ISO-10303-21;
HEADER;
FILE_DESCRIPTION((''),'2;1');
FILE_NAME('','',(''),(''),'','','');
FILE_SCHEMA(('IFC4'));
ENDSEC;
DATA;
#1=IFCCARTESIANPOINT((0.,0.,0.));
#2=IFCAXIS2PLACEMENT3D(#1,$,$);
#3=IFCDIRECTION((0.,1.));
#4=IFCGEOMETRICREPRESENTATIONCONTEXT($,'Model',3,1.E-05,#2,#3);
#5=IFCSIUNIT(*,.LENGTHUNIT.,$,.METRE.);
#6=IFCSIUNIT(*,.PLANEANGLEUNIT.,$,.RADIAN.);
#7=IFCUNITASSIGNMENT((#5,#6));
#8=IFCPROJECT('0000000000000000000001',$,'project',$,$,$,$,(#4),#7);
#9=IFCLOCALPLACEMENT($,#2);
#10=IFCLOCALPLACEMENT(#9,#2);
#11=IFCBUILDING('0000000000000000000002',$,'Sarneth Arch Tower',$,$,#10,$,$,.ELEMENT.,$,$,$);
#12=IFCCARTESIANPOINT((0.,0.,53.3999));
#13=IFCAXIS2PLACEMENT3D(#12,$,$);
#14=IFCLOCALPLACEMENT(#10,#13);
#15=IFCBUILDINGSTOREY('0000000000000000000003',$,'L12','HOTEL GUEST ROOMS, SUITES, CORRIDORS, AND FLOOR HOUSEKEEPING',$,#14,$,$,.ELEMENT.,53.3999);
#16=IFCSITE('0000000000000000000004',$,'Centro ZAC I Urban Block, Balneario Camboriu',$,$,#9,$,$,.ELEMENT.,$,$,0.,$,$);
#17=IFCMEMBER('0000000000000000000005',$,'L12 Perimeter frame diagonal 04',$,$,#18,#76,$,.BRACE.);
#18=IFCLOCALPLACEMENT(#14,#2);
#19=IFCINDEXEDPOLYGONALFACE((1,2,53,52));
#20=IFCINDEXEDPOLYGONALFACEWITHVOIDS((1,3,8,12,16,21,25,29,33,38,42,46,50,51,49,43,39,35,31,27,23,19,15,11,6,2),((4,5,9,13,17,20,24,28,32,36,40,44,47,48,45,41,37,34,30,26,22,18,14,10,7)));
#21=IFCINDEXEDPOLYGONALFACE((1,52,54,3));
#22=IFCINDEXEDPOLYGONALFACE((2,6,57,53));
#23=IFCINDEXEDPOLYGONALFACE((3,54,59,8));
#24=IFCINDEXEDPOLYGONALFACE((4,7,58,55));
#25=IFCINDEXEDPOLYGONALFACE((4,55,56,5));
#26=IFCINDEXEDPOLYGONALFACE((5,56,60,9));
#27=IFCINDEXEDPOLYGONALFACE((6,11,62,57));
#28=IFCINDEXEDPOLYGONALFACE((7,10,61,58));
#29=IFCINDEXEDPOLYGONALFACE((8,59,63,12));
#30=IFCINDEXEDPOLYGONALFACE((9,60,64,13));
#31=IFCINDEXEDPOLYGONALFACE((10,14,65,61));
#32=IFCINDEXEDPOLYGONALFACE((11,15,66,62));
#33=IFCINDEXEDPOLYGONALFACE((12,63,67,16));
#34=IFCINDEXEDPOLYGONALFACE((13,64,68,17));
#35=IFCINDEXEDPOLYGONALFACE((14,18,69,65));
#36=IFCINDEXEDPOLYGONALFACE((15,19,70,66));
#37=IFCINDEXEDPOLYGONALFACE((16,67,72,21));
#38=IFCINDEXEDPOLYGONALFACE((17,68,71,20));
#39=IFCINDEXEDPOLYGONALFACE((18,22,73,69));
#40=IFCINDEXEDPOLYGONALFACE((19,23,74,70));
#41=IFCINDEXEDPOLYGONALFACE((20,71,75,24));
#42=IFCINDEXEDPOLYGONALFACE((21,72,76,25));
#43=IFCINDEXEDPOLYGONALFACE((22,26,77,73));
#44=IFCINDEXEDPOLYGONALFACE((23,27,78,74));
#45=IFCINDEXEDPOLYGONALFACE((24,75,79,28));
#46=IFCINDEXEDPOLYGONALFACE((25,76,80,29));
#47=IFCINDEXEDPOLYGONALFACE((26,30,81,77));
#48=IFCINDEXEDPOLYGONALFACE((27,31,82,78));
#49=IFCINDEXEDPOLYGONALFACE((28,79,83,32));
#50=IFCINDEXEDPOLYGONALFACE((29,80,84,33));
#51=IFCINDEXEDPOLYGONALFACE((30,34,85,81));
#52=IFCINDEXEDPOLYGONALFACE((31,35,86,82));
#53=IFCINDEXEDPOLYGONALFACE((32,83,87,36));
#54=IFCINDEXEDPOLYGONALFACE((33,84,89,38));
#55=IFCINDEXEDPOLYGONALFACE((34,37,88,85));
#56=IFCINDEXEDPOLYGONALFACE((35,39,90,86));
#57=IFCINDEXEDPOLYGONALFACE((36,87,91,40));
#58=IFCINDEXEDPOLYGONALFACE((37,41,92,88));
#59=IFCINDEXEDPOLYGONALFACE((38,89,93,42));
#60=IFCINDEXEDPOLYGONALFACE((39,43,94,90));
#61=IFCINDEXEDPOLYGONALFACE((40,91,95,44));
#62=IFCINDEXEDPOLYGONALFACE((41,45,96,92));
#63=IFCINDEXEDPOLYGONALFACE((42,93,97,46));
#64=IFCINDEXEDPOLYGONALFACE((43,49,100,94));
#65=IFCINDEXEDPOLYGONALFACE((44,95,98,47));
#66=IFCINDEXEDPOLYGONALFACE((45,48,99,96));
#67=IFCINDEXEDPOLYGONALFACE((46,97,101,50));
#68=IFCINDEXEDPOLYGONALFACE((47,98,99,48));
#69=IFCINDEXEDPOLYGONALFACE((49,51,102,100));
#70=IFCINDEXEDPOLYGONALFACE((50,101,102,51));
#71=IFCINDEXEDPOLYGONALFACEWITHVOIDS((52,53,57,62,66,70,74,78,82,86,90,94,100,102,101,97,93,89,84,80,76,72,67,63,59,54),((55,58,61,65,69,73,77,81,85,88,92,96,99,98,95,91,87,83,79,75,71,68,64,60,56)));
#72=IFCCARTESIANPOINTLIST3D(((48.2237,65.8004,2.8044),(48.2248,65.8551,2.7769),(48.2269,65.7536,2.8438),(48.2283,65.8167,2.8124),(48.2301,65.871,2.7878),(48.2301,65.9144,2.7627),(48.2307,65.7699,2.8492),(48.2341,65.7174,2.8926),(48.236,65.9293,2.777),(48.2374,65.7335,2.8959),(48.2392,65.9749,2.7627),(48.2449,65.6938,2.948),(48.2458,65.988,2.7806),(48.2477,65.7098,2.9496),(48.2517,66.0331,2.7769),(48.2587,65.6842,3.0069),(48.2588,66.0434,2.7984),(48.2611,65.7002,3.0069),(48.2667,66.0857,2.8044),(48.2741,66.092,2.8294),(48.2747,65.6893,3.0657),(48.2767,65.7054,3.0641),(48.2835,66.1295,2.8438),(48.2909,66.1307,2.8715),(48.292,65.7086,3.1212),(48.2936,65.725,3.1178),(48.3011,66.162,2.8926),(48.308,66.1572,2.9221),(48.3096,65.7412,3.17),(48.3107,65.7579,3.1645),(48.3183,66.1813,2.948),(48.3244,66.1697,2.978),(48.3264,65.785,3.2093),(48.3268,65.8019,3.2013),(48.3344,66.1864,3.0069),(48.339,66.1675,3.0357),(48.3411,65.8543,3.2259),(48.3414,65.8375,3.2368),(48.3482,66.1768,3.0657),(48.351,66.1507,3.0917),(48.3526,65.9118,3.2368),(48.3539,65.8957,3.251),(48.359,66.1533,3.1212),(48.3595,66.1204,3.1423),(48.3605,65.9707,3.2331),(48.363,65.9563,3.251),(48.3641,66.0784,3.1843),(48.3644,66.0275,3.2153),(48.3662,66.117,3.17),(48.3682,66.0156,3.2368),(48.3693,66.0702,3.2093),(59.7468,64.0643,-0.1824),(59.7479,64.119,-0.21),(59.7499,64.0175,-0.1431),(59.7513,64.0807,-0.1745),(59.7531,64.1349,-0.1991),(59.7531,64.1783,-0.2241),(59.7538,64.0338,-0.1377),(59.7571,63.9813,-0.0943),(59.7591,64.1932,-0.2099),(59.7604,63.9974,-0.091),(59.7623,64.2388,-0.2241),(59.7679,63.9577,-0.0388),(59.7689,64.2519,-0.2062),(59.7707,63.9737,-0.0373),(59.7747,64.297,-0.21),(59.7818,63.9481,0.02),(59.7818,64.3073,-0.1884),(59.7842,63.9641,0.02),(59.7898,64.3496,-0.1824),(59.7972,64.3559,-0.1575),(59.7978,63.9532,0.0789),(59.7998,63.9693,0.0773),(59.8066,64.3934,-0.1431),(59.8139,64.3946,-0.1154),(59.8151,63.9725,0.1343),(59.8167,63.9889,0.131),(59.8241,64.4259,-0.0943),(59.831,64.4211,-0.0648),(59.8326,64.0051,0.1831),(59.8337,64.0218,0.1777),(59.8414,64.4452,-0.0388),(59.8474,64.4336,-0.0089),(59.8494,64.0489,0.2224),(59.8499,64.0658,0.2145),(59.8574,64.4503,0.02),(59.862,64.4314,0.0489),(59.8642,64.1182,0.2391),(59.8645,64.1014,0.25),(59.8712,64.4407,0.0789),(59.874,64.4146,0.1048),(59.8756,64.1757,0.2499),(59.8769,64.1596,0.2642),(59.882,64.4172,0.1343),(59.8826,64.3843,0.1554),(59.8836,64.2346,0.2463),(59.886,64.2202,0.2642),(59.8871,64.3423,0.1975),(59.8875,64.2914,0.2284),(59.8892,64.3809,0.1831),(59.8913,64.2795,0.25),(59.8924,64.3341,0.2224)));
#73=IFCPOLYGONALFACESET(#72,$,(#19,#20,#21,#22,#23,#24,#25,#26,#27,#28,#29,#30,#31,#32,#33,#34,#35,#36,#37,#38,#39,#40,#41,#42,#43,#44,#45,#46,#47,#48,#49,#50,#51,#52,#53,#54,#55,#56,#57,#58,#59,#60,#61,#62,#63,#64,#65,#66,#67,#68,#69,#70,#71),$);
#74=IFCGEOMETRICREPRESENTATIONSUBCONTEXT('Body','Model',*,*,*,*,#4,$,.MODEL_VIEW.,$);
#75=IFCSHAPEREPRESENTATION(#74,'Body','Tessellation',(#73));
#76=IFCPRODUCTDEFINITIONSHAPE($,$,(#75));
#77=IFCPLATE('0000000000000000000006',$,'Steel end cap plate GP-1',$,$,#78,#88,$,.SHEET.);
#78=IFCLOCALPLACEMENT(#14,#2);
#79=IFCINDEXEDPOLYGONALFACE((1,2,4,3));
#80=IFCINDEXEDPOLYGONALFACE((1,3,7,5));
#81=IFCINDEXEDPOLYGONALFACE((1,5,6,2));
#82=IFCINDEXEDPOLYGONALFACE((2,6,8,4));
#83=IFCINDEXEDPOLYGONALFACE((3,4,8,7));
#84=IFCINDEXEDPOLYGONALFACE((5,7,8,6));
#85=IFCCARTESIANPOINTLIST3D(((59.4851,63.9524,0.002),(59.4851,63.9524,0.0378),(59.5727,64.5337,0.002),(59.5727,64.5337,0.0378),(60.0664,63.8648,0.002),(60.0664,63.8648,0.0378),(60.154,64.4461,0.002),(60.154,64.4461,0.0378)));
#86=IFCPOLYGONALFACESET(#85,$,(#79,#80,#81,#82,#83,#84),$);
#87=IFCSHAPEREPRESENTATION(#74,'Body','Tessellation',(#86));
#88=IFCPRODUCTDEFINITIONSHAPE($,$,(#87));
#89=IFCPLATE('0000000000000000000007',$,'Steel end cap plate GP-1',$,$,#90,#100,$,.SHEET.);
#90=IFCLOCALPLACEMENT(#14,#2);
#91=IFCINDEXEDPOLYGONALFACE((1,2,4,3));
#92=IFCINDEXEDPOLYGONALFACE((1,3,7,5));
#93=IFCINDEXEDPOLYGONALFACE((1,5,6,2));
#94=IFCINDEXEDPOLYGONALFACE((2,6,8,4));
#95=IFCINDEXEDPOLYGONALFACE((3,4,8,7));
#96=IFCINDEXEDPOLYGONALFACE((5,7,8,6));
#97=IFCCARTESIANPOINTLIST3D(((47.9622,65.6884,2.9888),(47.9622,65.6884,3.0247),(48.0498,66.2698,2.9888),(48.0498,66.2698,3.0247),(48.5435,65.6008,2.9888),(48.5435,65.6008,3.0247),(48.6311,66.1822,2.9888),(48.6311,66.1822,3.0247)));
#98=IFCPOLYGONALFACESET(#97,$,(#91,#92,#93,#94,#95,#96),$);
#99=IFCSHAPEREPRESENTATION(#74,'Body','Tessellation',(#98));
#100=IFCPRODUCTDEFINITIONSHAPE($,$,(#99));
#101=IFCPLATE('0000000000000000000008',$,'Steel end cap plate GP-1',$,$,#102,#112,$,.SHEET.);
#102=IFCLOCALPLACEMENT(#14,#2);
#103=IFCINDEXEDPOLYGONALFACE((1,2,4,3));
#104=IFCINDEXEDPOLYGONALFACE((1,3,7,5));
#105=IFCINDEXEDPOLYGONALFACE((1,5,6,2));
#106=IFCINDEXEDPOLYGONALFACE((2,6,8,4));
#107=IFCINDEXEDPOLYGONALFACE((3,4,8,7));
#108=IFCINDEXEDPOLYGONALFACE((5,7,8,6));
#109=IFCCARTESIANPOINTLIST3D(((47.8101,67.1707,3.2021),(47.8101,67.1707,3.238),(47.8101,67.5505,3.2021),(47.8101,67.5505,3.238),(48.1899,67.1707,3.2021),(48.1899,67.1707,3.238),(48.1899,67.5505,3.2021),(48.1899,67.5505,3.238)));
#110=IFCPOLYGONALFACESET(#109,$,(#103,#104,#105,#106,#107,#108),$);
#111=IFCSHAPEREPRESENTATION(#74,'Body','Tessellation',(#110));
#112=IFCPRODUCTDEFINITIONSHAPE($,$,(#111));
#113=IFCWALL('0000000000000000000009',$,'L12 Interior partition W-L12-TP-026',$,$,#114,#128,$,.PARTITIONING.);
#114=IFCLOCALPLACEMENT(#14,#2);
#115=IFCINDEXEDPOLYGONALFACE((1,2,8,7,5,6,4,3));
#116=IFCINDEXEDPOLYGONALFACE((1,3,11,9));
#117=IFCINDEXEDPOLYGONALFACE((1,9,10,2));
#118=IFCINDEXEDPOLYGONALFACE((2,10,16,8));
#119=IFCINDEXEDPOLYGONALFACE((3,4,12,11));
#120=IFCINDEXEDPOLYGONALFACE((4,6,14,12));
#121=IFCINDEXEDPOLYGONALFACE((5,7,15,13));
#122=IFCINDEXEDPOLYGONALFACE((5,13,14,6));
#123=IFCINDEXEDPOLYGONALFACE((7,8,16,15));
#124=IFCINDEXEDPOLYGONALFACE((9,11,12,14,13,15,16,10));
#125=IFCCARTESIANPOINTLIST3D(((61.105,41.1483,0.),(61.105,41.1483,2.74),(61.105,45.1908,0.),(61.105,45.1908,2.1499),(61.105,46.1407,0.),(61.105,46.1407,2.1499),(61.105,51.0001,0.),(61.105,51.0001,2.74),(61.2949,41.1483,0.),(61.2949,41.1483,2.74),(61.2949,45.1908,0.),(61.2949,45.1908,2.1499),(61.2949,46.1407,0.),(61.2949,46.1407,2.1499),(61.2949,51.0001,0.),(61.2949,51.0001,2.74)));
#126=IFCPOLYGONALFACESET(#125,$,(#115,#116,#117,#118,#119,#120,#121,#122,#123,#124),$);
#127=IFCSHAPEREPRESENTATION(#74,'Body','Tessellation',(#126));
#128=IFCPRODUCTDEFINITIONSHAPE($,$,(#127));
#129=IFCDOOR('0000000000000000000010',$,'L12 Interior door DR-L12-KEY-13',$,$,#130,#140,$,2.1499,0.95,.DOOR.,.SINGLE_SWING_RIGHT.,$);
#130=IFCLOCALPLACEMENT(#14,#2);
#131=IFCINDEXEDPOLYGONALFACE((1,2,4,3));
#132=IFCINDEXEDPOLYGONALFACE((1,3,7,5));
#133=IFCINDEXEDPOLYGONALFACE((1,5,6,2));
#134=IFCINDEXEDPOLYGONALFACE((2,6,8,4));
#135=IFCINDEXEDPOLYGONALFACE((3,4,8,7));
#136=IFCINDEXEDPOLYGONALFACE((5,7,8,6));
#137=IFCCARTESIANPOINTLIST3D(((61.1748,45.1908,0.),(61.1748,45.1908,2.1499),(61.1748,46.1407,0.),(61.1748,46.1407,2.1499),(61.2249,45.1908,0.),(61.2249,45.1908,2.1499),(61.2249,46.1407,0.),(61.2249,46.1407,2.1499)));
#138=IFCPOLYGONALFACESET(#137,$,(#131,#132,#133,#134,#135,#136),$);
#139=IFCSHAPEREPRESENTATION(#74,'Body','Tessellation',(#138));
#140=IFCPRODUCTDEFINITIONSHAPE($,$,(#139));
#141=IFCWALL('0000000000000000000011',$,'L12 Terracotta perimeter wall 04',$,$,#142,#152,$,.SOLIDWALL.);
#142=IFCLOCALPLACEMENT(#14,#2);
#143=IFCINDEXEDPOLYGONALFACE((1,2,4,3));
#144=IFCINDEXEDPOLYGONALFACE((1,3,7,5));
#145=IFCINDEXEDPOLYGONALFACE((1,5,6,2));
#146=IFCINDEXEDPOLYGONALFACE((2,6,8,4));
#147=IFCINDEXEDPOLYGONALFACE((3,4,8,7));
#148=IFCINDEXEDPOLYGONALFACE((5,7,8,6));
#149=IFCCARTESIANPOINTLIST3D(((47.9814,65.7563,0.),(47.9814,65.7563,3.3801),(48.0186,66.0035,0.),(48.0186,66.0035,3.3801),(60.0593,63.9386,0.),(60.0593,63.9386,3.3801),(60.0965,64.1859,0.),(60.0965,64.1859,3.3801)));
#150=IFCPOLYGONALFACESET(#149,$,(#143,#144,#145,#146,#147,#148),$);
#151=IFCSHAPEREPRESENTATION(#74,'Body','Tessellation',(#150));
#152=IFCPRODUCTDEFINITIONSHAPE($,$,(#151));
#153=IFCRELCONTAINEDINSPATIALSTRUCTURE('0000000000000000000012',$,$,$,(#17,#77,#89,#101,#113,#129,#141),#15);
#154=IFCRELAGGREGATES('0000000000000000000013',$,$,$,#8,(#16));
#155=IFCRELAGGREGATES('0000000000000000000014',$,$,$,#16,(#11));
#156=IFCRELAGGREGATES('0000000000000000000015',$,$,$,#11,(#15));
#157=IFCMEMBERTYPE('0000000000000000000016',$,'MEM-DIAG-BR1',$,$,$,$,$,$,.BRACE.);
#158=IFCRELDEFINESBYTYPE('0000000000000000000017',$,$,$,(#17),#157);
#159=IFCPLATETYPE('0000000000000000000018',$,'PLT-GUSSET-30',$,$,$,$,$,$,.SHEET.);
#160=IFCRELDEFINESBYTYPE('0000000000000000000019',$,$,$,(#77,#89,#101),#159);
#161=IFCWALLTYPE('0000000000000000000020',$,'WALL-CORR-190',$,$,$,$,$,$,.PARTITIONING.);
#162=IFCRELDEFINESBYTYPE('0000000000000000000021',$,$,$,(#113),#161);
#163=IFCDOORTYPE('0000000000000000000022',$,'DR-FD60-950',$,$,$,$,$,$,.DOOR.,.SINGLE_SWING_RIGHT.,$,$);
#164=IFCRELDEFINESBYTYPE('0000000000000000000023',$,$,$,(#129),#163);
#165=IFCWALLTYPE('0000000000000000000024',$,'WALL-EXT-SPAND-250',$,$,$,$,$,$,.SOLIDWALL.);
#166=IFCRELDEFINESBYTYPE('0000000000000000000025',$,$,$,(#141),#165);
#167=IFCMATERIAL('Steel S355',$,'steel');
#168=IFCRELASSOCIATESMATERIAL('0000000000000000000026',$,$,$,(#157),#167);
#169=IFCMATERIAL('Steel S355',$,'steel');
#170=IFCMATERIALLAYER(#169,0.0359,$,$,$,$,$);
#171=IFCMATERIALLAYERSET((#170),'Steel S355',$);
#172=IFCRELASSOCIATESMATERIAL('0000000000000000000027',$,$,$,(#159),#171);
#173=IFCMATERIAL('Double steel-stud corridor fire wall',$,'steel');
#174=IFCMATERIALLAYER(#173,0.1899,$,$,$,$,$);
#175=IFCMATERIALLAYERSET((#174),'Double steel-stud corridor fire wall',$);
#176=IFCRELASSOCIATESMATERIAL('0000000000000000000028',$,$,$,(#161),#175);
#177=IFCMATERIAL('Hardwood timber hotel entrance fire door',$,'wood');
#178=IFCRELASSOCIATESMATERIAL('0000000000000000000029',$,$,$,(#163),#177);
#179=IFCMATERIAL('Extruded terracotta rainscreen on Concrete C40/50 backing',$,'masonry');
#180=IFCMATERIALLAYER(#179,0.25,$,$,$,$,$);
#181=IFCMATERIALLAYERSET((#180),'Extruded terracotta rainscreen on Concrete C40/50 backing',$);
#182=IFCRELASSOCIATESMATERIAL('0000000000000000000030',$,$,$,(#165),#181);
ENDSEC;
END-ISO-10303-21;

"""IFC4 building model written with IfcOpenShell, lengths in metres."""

from ifc_helpers import new_model, si_unit, direction, frame, frame_2d, origin, origin_2d, place, context, subcontext, project, spatial, rectangle, hollow_circle, extrude, material, layer, layer_set, material_profile, profile_set, type_object, element, fill, save


model = new_model("IFC4")

# Units and contexts
model_context = context("Model", 3, precision=1e-05, world=origin(), true_north=direction((0.0, 1.0)))
body_context = subcontext(model_context, "Body", "Model", "MODEL_VIEW")
ifc_project = project(units=[si_unit("LENGTHUNIT", "METRE"), si_unit("PLANEANGLEUNIT", "RADIAN")], contexts=[model_context])

# Site, building, storey
site_placement = place(None, origin())
site = spatial("IfcSite", under=ifc_project, at=site_placement, Name="Centro ZAC I Urban Block, Balneario Camboriu", CompositionType="ELEMENT", RefElevation=0.0)
building_placement = place(site_placement, origin())
building = spatial("IfcBuilding", under=site, at=building_placement, Name="Sarneth Arch Tower", CompositionType="ELEMENT")
storey_placement = place(building_placement, frame((0.0, 0.0, 53.3999)))
storey = spatial("IfcBuildingStorey", under=building, at=storey_placement, Name="L12", Description="HOTEL GUEST ROOMS, SUITES, CORRIDORS, AND FLOOR HOUSEKEEPING", CompositionType="ELEMENT", Elevation=53.3999)

# Member
ifc_material_1 = material(Name="Steel S355", Category="steel")
ifc_material_profile_1 = material_profile(ifc_material_1, hollow_circle(Radius=0.2539, WallThickness=0.0161, at=origin_2d()), Name="CHS508x16")
ifc_profile_set_1 = profile_set([ifc_material_profile_1], Name="Steel S355")
member_type_1 = type_object("IfcMemberType", Name="MEM-DIAG-BR1", PredefinedType="BRACE", material=ifc_profile_set_1)
member_1_placement = place(storey_placement, frame((59.8196, 64.1992, 0.02), z_axis=(-0.957876, 0.144317, 0.248287), x_axis=(-0.148982, -0.98884, 0.0)))
element("IfcMember", 1, at=member_1_placement, inside=storey, type_object=member_type_1, Name="L12 Perimeter frame diagonal 04", PredefinedType="BRACE", context=body_context, shape_type="SweptSolid", body=[
    extrude(hollow_circle(Radius=0.2539, WallThickness=0.0161, at=origin_2d()), origin(), (0.0, 0.0, 1.0), 12.0298),
])

# Plates
ifc_material_2 = material(Name="Steel S355", Category="steel")
ifc_layer_1 = layer(ifc_material_2, 0.0359)
ifc_layer_set_1 = layer_set([ifc_layer_1], Name="Steel S355")
plate_type = type_object("IfcPlateType", Name="PLT-GUSSET-30", PredefinedType="SHEET", material=ifc_layer_set_1)
for number, where, z_axis, x_axis, name in (
    (2, (59.8196, 64.1992, 0.002), (0.0, 0.0, 1.0), (-0.988835, 0.149018, 0.0), "Steel end cap plate GP-1"),
    (3, (48.2966, 65.9353, 2.9888), (0.0, 0.0, 1.0), (-0.988835, 0.149018, 0.0), "Steel end cap plate GP-1"),
):
    element("IfcPlate", number, at=place(storey_placement, frame(where, z_axis=z_axis, x_axis=x_axis)), inside=storey, type_object=plate_type, Name=name, PredefinedType="SHEET", context=body_context, shape_type="SweptSolid", body=[
        extrude(rectangle(XDim=0.5879, YDim=0.5879, at=origin_2d()), origin(), (0.0, 0.0, 1.0), 0.0359),
    ])
plate_placement = place(storey_placement, frame((48.0, 67.3606, 3.2021), z_axis=(0.0, 0.0, 1.0), x_axis=(0.0, 1.0, 0.0)))
element("IfcPlate", 4, at=plate_placement, inside=storey, type_object=plate_type, Name="Steel end cap plate GP-1", PredefinedType="SHEET", context=body_context, shape_type="SweptSolid", body=[
    extrude(rectangle(XDim=0.3799, YDim=0.3799, at=origin_2d()), origin(), (0.0, 0.0, 1.0), 0.0359),
])

# Wall, opening, door
ifc_material_3 = material(Name="Double steel-stud corridor fire wall", Category="steel")
ifc_layer_2 = layer(ifc_material_3, 0.1899)
ifc_layer_set_2 = layer_set([ifc_layer_2], Name="Double steel-stud corridor fire wall")
wall_type_1 = type_object("IfcWallType", Name="WALL-CORR-190", PredefinedType="PARTITIONING", material=ifc_layer_set_2)
wall_1_placement = place(storey_placement, frame((61.2, 51.0, 0.0), z_axis=(0.0, 0.0, 1.0), x_axis=(0.0, -1.0, 0.0)))
wall_1 = element("IfcWall", 5, at=wall_1_placement, inside=storey, type_object=wall_type_1, Name="L12 Interior partition W-L12-TP-026", PredefinedType="PARTITIONING", context=body_context, shape_type="SweptSolid", body=[
    extrude(rectangle(XDim=9.8518, YDim=0.1899, at=frame_2d((4.9258, 0.0))), origin(), (0.0, 0.0, 1.0), 2.74),
])
opening_1_placement = place(wall_1_placement, frame((4.8591, 0.0, 0.0)))
opening_1 = element("IfcOpeningElement", 6, at=opening_1_placement, cuts=wall_1, PredefinedType="OPENING", context=body_context, shape_type="SweptSolid", body=[
    extrude(rectangle(XDim=0.95, YDim=2.1499, at=frame_2d((0.4751, 1.075))), frame((0.0, 0.105, 0.0), z_axis=(0.0, -1.0, 0.0), x_axis=(1.0, 0.0, 0.0)), (0.0, 0.0, 1.0), 0.21),
])
ifc_material_4 = material(Name="Hardwood timber hotel entrance fire door", Category="wood")
door_type_1 = type_object("IfcDoorType", Name="DR-FD60-950", OperationType="SINGLE_SWING_RIGHT", PredefinedType="DOOR", material=ifc_material_4)
door_1_placement = place(opening_1_placement, origin())
door_1 = element("IfcDoor", 7, at=door_1_placement, inside=storey, type_object=door_type_1, Name="L12 Interior door DR-L12-KEY-13", OperationType="SINGLE_SWING_RIGHT", OverallHeight=2.1499, OverallWidth=0.95, PredefinedType="DOOR", context=body_context, shape_type="SweptSolid", body=[
    extrude(rectangle(XDim=0.95, YDim=2.1499, at=frame_2d((0.4751, 1.075))), frame((0.0, 0.0249, 0.0), z_axis=(0.0, -1.0, 0.0), x_axis=(1.0, 0.0, 0.0)), (0.0, 0.0, 1.0), 0.05),
])
fill(opening_1, door_1)

# Wall
ifc_material_5 = material(Name="Extruded terracotta rainscreen on Concrete C40/50 backing", Category="masonry")
ifc_layer_3 = layer(ifc_material_5, 0.25)
ifc_layer_set_3 = layer_set([ifc_layer_3], Name="Extruded terracotta rainscreen on Concrete C40/50 backing")
wall_type_2 = type_object("IfcWallType", Name="WALL-EXT-SPAND-250", PredefinedType="SOLIDWALL", material=ifc_layer_set_3)
wall_2_placement = place(storey_placement, frame((60.0779, 64.0623, 0.0), z_axis=(0.0, 0.0, 1.0), x_axis=(-0.988865, 0.148816, 0.0)))
element("IfcWall", 8, at=wall_2_placement, inside=storey, type_object=wall_type_2, Name="L12 Terracotta perimeter wall 04", PredefinedType="SOLIDWALL", context=body_context, shape_type="SweptSolid", body=[
    extrude(rectangle(XDim=12.2139, YDim=0.25, at=frame_2d((6.1069, 0.0))), origin(), (0.0, 0.0, 1.0), 3.3801),
])

save(model, "model.ifc")
